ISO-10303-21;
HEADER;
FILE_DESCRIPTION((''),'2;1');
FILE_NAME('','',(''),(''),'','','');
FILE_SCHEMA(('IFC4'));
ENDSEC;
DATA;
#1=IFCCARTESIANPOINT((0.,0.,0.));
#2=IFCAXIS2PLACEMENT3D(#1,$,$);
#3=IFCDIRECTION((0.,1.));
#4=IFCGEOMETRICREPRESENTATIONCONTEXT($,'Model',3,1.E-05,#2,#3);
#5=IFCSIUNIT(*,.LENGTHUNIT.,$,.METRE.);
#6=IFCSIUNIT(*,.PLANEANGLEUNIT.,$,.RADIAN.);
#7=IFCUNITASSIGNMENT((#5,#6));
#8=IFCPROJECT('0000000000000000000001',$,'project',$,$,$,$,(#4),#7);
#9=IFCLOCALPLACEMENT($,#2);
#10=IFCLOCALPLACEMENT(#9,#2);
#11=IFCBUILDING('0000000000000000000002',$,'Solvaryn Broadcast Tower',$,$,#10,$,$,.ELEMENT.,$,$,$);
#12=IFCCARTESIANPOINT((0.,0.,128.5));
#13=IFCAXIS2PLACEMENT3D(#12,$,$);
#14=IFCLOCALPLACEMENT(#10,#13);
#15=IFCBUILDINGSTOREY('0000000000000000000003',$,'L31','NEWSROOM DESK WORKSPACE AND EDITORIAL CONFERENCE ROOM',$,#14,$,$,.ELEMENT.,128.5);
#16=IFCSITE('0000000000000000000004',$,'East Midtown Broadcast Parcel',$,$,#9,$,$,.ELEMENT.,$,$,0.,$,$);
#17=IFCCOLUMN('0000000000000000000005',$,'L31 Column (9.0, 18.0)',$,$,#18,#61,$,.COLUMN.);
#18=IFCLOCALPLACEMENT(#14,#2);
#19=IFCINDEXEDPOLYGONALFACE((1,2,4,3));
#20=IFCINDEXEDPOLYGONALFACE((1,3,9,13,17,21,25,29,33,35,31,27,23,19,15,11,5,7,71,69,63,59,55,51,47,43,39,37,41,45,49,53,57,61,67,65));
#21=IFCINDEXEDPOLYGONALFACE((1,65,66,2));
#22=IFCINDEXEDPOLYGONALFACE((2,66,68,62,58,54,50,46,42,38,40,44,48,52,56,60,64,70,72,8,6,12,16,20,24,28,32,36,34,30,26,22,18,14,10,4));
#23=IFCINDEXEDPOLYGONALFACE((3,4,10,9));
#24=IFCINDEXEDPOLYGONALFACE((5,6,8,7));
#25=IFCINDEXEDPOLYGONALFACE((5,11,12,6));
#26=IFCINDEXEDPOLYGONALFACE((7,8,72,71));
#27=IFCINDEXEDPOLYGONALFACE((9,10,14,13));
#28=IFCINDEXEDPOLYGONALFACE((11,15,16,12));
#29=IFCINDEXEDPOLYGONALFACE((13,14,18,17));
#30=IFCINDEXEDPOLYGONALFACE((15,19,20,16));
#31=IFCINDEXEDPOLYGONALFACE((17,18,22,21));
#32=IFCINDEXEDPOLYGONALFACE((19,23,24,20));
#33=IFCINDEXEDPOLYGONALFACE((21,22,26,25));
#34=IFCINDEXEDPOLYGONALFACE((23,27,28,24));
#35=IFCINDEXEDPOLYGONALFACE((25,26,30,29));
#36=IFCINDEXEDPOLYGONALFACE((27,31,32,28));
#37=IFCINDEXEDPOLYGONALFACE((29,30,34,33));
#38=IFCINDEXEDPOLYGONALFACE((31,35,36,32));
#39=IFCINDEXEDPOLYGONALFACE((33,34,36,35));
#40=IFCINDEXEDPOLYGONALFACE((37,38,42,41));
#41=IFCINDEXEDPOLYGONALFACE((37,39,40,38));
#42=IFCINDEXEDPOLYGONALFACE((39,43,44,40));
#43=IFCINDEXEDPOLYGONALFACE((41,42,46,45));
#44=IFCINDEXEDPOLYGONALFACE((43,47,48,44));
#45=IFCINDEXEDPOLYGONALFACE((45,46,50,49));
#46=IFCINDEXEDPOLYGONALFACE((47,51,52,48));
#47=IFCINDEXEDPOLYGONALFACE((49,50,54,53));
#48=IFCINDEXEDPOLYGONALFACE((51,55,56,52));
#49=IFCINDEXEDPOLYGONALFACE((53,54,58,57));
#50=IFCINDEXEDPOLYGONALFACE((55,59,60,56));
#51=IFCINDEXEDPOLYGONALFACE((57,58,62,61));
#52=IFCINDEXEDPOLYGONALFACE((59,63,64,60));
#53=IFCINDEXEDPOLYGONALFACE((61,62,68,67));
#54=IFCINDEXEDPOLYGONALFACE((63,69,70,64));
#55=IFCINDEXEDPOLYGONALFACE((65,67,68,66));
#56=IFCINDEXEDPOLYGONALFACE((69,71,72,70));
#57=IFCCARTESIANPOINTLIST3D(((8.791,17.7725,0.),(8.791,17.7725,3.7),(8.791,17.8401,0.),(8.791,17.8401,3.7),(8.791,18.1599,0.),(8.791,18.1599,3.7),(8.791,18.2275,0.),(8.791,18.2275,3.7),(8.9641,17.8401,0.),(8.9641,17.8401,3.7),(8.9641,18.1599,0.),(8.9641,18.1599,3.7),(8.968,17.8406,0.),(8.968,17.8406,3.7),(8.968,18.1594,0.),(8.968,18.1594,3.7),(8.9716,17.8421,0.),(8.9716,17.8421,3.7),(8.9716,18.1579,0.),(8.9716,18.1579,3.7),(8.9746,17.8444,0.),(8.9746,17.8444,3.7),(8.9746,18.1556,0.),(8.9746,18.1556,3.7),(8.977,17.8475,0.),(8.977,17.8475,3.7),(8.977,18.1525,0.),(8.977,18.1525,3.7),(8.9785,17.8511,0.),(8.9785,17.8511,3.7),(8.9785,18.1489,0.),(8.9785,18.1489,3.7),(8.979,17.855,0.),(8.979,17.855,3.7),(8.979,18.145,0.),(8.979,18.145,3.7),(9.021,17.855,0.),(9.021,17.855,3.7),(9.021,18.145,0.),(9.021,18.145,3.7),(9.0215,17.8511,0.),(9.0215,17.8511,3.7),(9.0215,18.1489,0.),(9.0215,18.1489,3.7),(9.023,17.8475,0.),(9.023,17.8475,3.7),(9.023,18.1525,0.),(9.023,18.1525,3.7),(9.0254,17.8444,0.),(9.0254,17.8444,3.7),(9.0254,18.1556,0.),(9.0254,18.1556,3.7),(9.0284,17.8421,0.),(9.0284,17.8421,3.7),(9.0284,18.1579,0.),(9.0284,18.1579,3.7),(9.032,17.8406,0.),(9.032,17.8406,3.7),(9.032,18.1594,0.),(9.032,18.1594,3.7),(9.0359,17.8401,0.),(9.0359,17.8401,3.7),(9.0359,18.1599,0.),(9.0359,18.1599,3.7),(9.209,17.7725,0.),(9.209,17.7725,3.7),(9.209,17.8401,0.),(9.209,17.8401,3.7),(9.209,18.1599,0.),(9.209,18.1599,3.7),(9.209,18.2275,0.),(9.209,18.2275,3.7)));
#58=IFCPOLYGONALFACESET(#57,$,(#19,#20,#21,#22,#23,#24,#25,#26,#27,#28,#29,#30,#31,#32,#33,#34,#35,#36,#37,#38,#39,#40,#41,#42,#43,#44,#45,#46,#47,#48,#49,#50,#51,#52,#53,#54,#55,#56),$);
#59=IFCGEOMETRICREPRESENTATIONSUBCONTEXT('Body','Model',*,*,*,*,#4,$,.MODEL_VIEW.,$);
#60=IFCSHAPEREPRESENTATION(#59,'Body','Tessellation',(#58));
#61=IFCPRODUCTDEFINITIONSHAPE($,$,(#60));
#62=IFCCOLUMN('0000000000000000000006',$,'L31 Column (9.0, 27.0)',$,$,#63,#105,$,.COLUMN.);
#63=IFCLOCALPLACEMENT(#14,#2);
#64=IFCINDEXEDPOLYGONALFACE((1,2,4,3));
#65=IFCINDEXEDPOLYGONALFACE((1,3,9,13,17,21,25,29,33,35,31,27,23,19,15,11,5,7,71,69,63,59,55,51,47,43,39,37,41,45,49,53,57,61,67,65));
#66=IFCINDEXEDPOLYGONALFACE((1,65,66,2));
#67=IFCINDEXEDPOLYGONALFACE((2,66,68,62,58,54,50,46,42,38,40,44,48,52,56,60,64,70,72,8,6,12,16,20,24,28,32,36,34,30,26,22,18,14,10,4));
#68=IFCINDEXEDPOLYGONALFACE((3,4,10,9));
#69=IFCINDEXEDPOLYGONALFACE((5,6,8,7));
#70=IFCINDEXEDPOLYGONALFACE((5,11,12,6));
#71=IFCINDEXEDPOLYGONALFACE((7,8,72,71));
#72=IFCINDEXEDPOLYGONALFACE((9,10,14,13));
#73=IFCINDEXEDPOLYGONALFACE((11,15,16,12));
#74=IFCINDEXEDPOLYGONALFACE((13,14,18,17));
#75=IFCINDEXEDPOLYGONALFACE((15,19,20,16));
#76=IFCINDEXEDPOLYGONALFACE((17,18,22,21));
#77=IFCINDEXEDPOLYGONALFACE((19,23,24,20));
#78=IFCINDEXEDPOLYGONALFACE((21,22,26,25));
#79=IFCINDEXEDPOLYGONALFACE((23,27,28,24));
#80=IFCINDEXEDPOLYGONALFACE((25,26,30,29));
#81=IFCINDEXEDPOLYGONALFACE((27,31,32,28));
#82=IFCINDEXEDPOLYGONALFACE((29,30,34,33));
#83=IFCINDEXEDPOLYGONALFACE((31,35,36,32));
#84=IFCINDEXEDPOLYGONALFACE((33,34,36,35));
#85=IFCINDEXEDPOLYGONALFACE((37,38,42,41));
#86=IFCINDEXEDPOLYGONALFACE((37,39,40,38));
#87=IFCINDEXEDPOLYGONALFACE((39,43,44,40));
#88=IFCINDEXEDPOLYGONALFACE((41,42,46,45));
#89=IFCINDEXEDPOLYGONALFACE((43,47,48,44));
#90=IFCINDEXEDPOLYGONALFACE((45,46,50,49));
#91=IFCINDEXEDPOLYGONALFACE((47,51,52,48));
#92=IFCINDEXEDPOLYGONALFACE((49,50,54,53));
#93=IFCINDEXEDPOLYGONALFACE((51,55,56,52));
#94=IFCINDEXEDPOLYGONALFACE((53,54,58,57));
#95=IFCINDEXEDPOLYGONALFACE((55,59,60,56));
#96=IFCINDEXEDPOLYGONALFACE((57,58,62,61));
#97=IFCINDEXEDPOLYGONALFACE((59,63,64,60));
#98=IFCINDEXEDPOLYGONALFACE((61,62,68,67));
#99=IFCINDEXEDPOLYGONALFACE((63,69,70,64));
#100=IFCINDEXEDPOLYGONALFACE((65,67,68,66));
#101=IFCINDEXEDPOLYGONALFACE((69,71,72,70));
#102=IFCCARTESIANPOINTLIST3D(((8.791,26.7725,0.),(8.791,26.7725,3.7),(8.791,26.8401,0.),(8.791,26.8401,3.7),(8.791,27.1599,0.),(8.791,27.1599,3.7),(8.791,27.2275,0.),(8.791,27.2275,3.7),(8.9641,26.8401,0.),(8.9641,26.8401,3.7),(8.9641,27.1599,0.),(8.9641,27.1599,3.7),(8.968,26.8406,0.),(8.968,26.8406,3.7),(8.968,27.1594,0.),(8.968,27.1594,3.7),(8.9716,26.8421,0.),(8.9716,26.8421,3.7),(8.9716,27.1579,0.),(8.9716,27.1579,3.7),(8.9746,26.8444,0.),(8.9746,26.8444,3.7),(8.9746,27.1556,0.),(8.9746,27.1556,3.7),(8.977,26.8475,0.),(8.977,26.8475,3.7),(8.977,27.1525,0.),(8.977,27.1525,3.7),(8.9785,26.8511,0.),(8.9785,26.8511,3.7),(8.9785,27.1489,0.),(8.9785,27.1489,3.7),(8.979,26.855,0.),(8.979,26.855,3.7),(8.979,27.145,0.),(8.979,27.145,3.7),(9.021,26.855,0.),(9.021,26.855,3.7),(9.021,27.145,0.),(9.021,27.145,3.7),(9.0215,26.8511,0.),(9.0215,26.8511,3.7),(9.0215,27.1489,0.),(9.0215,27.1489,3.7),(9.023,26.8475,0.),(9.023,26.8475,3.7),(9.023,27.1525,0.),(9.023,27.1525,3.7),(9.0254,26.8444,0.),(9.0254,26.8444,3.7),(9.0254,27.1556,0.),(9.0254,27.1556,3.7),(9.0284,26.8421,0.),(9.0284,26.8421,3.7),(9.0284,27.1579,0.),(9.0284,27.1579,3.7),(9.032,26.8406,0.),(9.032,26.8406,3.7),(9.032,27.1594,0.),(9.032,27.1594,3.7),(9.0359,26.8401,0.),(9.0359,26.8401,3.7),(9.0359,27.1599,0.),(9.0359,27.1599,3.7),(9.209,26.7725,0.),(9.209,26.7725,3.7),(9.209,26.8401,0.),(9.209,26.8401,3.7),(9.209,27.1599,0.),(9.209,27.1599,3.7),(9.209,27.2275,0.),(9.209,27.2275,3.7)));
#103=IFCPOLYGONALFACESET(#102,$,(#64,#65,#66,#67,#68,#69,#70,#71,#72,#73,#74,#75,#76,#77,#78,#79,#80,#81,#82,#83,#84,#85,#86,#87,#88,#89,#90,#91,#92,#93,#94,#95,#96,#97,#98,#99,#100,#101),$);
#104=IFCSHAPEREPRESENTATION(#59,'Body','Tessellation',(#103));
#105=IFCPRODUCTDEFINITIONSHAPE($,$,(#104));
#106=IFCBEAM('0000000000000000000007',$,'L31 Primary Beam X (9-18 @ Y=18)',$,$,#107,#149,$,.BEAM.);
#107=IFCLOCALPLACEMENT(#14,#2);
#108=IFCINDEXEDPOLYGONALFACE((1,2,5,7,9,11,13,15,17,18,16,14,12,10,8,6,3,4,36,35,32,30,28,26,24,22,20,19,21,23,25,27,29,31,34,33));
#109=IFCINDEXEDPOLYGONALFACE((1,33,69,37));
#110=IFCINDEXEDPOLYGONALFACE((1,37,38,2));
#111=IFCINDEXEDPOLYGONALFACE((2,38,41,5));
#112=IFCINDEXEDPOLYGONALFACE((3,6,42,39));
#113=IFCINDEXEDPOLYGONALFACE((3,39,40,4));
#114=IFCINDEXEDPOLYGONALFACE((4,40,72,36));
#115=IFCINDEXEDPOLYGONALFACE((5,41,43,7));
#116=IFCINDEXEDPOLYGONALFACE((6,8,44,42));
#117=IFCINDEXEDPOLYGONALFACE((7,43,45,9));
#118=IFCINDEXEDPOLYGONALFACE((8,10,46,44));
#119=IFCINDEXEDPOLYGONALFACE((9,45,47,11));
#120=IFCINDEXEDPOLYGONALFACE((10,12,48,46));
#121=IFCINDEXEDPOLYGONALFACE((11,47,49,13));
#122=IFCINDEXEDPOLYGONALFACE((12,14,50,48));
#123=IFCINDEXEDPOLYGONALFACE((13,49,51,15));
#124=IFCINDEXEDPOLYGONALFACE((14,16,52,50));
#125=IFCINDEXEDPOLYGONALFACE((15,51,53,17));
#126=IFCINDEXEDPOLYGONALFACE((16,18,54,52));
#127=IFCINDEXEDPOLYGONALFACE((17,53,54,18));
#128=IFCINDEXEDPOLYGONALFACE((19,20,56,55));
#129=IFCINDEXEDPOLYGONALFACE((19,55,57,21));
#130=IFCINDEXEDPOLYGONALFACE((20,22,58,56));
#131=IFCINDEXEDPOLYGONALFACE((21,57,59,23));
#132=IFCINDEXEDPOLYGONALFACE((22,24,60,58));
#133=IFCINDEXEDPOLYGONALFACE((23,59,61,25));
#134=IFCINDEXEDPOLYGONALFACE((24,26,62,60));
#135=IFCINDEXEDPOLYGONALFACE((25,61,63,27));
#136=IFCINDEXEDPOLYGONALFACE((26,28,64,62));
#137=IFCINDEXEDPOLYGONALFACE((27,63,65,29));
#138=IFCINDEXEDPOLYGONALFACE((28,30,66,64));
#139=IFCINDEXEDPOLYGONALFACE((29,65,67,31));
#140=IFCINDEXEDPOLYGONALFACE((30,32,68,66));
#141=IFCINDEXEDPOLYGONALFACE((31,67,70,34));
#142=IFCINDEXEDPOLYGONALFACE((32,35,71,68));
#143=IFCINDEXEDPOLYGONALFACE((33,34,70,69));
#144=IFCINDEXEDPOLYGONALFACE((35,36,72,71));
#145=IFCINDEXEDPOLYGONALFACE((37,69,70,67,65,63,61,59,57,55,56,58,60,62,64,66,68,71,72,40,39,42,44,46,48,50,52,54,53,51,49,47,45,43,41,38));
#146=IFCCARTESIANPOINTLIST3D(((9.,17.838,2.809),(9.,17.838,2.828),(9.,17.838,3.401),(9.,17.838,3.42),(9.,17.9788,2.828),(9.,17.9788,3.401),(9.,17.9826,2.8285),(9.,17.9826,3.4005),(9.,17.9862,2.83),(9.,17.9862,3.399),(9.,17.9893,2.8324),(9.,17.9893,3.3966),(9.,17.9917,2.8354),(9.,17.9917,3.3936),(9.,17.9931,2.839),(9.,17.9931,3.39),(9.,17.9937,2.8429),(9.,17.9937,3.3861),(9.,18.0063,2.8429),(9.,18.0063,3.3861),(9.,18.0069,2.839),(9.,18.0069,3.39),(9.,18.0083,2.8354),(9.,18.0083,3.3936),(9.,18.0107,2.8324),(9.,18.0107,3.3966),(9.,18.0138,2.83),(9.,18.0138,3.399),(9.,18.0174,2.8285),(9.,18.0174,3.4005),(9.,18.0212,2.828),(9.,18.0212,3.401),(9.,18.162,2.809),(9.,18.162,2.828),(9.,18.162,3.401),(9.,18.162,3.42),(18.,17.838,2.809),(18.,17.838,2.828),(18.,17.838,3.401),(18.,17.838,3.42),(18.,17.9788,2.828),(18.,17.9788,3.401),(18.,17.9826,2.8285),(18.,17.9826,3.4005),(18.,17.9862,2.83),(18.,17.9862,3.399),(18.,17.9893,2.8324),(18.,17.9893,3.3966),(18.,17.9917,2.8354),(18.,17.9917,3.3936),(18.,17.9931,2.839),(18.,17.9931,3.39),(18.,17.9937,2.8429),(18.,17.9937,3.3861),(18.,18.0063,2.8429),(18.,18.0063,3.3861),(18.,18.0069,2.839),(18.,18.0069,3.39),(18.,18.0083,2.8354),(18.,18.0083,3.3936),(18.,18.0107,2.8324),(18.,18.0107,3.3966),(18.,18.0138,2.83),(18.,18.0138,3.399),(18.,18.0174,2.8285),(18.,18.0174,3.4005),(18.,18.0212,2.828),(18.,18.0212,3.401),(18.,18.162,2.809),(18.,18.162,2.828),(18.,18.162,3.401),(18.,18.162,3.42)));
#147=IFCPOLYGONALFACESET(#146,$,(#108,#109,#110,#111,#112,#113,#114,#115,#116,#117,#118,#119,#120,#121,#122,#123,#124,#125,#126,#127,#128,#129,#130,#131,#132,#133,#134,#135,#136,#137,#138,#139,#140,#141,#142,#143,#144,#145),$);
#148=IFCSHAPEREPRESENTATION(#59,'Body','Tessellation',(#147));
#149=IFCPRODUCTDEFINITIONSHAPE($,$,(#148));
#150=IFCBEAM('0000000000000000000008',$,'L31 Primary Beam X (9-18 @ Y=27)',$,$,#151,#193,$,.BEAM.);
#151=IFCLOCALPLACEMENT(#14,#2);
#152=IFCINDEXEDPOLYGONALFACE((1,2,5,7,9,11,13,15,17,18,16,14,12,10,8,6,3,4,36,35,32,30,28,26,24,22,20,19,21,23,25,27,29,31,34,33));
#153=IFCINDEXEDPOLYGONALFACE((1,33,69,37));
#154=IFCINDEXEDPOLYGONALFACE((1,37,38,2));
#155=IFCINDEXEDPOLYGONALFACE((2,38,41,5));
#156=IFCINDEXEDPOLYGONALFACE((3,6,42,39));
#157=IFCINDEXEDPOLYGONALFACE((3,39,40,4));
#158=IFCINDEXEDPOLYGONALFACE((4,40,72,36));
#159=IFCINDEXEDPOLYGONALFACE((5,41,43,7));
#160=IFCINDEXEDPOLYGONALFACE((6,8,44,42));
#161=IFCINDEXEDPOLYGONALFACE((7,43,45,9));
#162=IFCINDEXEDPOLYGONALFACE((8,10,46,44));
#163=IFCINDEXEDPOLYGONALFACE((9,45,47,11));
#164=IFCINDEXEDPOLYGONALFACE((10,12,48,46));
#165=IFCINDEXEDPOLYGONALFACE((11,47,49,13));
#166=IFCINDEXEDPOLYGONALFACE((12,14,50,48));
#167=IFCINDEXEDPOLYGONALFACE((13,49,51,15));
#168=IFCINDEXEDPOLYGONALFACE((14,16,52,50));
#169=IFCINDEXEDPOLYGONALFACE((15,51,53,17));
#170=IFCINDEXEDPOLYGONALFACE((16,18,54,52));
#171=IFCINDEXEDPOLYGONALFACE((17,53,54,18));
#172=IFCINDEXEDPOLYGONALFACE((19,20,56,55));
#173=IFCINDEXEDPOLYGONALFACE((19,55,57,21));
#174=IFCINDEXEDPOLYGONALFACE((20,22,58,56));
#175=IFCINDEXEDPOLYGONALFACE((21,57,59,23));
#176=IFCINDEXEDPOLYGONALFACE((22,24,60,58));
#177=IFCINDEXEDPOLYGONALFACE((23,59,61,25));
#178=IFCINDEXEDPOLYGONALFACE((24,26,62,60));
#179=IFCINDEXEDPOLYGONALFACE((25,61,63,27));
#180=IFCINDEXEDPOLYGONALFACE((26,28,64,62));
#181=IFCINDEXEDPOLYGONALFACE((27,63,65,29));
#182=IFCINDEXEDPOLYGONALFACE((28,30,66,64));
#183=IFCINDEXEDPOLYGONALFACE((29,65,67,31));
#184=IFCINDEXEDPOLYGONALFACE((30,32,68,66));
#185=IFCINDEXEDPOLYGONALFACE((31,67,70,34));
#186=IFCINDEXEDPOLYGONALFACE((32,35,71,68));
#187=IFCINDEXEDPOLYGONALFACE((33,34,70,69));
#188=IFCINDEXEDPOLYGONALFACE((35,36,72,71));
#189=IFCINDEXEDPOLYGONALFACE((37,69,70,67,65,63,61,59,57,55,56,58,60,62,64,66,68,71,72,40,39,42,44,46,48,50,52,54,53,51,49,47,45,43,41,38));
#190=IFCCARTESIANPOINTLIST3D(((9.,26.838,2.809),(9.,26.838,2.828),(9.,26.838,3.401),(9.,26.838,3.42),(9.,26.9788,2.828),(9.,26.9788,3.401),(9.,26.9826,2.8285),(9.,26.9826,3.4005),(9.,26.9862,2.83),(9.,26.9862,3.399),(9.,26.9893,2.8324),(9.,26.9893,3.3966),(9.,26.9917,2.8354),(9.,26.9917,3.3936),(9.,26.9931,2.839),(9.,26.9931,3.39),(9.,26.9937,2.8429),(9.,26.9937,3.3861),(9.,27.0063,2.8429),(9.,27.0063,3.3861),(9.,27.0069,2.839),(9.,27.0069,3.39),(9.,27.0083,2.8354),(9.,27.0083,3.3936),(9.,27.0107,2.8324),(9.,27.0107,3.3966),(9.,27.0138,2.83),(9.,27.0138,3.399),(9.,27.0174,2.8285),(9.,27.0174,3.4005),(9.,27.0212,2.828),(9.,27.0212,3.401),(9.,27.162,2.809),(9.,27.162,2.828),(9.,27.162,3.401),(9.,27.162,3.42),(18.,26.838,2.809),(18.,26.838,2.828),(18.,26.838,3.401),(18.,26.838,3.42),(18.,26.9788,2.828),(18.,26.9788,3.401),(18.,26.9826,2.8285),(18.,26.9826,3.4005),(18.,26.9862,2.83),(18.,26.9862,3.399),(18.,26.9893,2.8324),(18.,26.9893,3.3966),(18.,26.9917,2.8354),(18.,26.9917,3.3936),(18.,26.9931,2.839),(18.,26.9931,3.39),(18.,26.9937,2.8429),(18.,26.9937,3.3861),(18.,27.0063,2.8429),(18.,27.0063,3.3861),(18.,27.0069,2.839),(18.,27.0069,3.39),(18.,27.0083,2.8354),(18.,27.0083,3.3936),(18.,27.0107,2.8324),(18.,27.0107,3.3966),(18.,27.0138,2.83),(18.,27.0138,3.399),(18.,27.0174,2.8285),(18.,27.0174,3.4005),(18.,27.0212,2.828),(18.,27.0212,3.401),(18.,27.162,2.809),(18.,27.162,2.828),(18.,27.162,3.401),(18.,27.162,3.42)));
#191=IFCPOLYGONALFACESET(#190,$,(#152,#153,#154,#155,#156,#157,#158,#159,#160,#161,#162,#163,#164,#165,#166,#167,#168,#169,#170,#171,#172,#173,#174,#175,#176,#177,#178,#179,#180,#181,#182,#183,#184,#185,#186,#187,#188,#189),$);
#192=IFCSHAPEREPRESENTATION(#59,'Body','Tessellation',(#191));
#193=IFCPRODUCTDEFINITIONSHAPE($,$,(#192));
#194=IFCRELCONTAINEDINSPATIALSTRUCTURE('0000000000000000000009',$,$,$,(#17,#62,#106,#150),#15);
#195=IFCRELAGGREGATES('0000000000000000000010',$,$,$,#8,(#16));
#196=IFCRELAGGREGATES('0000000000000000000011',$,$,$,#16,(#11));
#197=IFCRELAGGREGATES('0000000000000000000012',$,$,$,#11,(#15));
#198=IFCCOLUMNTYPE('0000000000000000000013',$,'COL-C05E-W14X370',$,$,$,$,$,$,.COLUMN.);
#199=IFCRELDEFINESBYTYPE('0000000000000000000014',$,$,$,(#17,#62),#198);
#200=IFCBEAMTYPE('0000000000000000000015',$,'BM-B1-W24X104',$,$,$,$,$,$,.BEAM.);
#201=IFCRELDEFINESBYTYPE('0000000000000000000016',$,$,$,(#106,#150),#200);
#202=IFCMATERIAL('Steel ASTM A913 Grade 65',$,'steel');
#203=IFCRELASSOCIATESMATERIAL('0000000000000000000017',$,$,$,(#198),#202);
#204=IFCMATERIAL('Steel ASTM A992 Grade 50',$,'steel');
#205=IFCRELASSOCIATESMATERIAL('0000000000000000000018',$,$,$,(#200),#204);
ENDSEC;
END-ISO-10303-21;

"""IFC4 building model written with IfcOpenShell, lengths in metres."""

from ifc_helpers import new_model, si_unit, direction, frame, origin, origin_2d, place, context, subcontext, project, spatial, i_section, extrude, material, material_profile, profile_set, type_object, element, save


model = new_model("IFC4")

# Units and contexts
model_context = context("Model", 3, precision=1e-05, world=origin(), true_north=direction((0.0, 1.0)))
body_context = subcontext(model_context, "Body", "Model", "MODEL_VIEW")
ifc_project = project(units=[si_unit("LENGTHUNIT", "METRE"), si_unit("PLANEANGLEUNIT", "RADIAN")], contexts=[model_context])

# Site, building, storey
site_placement = place(None, origin())
site = spatial("IfcSite", under=ifc_project, at=site_placement, Name="East Midtown Broadcast Parcel", CompositionType="ELEMENT", RefElevation=0.0)
building_placement = place(site_placement, origin())
building = spatial("IfcBuilding", under=site, at=building_placement, Name="Solvaryn Broadcast Tower", CompositionType="ELEMENT")
storey_placement = place(building_placement, frame((0.0, 0.0, 128.5)))
storey = spatial("IfcBuildingStorey", under=building, at=storey_placement, Name="L31", Description="NEWSROOM DESK WORKSPACE AND EDITORIAL CONFERENCE ROOM", CompositionType="ELEMENT", Elevation=128.5)

# Columns
ifc_material_1 = material(Name="Steel ASTM A913 Grade 65", Category="steel")
ifc_material_profile_1 = material_profile(ifc_material_1, i_section(OverallWidth=0.418, OverallDepth=0.4551, WebThickness=0.042, FlangeThickness=0.0676, FilletRadius=0.0149, at=origin_2d()))
ifc_profile_set_1 = profile_set([ifc_material_profile_1], Name="Steel ASTM A913 Grade 65")
column_type = type_object("IfcColumnType", Name="COL-C05E-W14X370", PredefinedType="COLUMN", material=ifc_profile_set_1)
for number, where, z_axis, x_axis, name in (
    (1, (9.0, 18.0, 0.0), (0.0, 0.0, 1.0), (1.0, 0.0, 0.0), "L31 Column (9.0, 18.0)"),
    (2, (9.0, 27.0, 0.0), (0.0, 0.0, 1.0), (1.0, 0.0, 0.0), "L31 Column (9.0, 27.0)"),
):
    element("IfcColumn", number, at=place(storey_placement, frame(where, z_axis=z_axis, x_axis=x_axis)), inside=storey, type_object=column_type, Name=name, PredefinedType="COLUMN", context=body_context, shape_type="SweptSolid", body=[
        extrude(i_section(OverallWidth=0.418, OverallDepth=0.4551, WebThickness=0.042, FlangeThickness=0.0676, FilletRadius=0.0149, at=origin_2d()), origin(), (0.0, 0.0, 1.0), 3.7),
    ])

# Beams
ifc_material_2 = material(Name="Steel ASTM A992 Grade 50", Category="steel")
ifc_material_profile_2 = material_profile(ifc_material_2, i_section(OverallWidth=0.324, OverallDepth=0.6111, WebThickness=0.0127, FlangeThickness=0.019, FilletRadius=0.0149, at=origin_2d()))
ifc_profile_set_2 = profile_set([ifc_material_profile_2], Name="Steel ASTM A992 Grade 50")
beam_type_1 = type_object("IfcBeamType", Name="BM-B1-W24X104", PredefinedType="BEAM", material=ifc_profile_set_2)
for number, where, z_axis, x_axis, name in (
    (3, (9.0, 18.0, 3.1145), (1.0, 0.0, 0.0), (0.0, 1.0, 0.0), "L31 Primary Beam X (9-18 @ Y=18)"),
    (4, (9.0, 27.0, 3.1145), (1.0, 0.0, 0.0), (0.0, 1.0, 0.0), "L31 Primary Beam X (9-18 @ Y=27)"),
):
    element("IfcBeam", number, at=place(storey_placement, frame(where, z_axis=z_axis, x_axis=x_axis)), inside=storey, type_object=beam_type_1, Name=name, PredefinedType="BEAM", context=body_context, shape_type="SweptSolid", body=[
        extrude(i_section(OverallWidth=0.324, OverallDepth=0.6111, WebThickness=0.0127, FlangeThickness=0.019, FilletRadius=0.0149, at=origin_2d()), origin(), (0.0, 0.0, 1.0), 9.0),
    ])

save(model, "model.ifc")
